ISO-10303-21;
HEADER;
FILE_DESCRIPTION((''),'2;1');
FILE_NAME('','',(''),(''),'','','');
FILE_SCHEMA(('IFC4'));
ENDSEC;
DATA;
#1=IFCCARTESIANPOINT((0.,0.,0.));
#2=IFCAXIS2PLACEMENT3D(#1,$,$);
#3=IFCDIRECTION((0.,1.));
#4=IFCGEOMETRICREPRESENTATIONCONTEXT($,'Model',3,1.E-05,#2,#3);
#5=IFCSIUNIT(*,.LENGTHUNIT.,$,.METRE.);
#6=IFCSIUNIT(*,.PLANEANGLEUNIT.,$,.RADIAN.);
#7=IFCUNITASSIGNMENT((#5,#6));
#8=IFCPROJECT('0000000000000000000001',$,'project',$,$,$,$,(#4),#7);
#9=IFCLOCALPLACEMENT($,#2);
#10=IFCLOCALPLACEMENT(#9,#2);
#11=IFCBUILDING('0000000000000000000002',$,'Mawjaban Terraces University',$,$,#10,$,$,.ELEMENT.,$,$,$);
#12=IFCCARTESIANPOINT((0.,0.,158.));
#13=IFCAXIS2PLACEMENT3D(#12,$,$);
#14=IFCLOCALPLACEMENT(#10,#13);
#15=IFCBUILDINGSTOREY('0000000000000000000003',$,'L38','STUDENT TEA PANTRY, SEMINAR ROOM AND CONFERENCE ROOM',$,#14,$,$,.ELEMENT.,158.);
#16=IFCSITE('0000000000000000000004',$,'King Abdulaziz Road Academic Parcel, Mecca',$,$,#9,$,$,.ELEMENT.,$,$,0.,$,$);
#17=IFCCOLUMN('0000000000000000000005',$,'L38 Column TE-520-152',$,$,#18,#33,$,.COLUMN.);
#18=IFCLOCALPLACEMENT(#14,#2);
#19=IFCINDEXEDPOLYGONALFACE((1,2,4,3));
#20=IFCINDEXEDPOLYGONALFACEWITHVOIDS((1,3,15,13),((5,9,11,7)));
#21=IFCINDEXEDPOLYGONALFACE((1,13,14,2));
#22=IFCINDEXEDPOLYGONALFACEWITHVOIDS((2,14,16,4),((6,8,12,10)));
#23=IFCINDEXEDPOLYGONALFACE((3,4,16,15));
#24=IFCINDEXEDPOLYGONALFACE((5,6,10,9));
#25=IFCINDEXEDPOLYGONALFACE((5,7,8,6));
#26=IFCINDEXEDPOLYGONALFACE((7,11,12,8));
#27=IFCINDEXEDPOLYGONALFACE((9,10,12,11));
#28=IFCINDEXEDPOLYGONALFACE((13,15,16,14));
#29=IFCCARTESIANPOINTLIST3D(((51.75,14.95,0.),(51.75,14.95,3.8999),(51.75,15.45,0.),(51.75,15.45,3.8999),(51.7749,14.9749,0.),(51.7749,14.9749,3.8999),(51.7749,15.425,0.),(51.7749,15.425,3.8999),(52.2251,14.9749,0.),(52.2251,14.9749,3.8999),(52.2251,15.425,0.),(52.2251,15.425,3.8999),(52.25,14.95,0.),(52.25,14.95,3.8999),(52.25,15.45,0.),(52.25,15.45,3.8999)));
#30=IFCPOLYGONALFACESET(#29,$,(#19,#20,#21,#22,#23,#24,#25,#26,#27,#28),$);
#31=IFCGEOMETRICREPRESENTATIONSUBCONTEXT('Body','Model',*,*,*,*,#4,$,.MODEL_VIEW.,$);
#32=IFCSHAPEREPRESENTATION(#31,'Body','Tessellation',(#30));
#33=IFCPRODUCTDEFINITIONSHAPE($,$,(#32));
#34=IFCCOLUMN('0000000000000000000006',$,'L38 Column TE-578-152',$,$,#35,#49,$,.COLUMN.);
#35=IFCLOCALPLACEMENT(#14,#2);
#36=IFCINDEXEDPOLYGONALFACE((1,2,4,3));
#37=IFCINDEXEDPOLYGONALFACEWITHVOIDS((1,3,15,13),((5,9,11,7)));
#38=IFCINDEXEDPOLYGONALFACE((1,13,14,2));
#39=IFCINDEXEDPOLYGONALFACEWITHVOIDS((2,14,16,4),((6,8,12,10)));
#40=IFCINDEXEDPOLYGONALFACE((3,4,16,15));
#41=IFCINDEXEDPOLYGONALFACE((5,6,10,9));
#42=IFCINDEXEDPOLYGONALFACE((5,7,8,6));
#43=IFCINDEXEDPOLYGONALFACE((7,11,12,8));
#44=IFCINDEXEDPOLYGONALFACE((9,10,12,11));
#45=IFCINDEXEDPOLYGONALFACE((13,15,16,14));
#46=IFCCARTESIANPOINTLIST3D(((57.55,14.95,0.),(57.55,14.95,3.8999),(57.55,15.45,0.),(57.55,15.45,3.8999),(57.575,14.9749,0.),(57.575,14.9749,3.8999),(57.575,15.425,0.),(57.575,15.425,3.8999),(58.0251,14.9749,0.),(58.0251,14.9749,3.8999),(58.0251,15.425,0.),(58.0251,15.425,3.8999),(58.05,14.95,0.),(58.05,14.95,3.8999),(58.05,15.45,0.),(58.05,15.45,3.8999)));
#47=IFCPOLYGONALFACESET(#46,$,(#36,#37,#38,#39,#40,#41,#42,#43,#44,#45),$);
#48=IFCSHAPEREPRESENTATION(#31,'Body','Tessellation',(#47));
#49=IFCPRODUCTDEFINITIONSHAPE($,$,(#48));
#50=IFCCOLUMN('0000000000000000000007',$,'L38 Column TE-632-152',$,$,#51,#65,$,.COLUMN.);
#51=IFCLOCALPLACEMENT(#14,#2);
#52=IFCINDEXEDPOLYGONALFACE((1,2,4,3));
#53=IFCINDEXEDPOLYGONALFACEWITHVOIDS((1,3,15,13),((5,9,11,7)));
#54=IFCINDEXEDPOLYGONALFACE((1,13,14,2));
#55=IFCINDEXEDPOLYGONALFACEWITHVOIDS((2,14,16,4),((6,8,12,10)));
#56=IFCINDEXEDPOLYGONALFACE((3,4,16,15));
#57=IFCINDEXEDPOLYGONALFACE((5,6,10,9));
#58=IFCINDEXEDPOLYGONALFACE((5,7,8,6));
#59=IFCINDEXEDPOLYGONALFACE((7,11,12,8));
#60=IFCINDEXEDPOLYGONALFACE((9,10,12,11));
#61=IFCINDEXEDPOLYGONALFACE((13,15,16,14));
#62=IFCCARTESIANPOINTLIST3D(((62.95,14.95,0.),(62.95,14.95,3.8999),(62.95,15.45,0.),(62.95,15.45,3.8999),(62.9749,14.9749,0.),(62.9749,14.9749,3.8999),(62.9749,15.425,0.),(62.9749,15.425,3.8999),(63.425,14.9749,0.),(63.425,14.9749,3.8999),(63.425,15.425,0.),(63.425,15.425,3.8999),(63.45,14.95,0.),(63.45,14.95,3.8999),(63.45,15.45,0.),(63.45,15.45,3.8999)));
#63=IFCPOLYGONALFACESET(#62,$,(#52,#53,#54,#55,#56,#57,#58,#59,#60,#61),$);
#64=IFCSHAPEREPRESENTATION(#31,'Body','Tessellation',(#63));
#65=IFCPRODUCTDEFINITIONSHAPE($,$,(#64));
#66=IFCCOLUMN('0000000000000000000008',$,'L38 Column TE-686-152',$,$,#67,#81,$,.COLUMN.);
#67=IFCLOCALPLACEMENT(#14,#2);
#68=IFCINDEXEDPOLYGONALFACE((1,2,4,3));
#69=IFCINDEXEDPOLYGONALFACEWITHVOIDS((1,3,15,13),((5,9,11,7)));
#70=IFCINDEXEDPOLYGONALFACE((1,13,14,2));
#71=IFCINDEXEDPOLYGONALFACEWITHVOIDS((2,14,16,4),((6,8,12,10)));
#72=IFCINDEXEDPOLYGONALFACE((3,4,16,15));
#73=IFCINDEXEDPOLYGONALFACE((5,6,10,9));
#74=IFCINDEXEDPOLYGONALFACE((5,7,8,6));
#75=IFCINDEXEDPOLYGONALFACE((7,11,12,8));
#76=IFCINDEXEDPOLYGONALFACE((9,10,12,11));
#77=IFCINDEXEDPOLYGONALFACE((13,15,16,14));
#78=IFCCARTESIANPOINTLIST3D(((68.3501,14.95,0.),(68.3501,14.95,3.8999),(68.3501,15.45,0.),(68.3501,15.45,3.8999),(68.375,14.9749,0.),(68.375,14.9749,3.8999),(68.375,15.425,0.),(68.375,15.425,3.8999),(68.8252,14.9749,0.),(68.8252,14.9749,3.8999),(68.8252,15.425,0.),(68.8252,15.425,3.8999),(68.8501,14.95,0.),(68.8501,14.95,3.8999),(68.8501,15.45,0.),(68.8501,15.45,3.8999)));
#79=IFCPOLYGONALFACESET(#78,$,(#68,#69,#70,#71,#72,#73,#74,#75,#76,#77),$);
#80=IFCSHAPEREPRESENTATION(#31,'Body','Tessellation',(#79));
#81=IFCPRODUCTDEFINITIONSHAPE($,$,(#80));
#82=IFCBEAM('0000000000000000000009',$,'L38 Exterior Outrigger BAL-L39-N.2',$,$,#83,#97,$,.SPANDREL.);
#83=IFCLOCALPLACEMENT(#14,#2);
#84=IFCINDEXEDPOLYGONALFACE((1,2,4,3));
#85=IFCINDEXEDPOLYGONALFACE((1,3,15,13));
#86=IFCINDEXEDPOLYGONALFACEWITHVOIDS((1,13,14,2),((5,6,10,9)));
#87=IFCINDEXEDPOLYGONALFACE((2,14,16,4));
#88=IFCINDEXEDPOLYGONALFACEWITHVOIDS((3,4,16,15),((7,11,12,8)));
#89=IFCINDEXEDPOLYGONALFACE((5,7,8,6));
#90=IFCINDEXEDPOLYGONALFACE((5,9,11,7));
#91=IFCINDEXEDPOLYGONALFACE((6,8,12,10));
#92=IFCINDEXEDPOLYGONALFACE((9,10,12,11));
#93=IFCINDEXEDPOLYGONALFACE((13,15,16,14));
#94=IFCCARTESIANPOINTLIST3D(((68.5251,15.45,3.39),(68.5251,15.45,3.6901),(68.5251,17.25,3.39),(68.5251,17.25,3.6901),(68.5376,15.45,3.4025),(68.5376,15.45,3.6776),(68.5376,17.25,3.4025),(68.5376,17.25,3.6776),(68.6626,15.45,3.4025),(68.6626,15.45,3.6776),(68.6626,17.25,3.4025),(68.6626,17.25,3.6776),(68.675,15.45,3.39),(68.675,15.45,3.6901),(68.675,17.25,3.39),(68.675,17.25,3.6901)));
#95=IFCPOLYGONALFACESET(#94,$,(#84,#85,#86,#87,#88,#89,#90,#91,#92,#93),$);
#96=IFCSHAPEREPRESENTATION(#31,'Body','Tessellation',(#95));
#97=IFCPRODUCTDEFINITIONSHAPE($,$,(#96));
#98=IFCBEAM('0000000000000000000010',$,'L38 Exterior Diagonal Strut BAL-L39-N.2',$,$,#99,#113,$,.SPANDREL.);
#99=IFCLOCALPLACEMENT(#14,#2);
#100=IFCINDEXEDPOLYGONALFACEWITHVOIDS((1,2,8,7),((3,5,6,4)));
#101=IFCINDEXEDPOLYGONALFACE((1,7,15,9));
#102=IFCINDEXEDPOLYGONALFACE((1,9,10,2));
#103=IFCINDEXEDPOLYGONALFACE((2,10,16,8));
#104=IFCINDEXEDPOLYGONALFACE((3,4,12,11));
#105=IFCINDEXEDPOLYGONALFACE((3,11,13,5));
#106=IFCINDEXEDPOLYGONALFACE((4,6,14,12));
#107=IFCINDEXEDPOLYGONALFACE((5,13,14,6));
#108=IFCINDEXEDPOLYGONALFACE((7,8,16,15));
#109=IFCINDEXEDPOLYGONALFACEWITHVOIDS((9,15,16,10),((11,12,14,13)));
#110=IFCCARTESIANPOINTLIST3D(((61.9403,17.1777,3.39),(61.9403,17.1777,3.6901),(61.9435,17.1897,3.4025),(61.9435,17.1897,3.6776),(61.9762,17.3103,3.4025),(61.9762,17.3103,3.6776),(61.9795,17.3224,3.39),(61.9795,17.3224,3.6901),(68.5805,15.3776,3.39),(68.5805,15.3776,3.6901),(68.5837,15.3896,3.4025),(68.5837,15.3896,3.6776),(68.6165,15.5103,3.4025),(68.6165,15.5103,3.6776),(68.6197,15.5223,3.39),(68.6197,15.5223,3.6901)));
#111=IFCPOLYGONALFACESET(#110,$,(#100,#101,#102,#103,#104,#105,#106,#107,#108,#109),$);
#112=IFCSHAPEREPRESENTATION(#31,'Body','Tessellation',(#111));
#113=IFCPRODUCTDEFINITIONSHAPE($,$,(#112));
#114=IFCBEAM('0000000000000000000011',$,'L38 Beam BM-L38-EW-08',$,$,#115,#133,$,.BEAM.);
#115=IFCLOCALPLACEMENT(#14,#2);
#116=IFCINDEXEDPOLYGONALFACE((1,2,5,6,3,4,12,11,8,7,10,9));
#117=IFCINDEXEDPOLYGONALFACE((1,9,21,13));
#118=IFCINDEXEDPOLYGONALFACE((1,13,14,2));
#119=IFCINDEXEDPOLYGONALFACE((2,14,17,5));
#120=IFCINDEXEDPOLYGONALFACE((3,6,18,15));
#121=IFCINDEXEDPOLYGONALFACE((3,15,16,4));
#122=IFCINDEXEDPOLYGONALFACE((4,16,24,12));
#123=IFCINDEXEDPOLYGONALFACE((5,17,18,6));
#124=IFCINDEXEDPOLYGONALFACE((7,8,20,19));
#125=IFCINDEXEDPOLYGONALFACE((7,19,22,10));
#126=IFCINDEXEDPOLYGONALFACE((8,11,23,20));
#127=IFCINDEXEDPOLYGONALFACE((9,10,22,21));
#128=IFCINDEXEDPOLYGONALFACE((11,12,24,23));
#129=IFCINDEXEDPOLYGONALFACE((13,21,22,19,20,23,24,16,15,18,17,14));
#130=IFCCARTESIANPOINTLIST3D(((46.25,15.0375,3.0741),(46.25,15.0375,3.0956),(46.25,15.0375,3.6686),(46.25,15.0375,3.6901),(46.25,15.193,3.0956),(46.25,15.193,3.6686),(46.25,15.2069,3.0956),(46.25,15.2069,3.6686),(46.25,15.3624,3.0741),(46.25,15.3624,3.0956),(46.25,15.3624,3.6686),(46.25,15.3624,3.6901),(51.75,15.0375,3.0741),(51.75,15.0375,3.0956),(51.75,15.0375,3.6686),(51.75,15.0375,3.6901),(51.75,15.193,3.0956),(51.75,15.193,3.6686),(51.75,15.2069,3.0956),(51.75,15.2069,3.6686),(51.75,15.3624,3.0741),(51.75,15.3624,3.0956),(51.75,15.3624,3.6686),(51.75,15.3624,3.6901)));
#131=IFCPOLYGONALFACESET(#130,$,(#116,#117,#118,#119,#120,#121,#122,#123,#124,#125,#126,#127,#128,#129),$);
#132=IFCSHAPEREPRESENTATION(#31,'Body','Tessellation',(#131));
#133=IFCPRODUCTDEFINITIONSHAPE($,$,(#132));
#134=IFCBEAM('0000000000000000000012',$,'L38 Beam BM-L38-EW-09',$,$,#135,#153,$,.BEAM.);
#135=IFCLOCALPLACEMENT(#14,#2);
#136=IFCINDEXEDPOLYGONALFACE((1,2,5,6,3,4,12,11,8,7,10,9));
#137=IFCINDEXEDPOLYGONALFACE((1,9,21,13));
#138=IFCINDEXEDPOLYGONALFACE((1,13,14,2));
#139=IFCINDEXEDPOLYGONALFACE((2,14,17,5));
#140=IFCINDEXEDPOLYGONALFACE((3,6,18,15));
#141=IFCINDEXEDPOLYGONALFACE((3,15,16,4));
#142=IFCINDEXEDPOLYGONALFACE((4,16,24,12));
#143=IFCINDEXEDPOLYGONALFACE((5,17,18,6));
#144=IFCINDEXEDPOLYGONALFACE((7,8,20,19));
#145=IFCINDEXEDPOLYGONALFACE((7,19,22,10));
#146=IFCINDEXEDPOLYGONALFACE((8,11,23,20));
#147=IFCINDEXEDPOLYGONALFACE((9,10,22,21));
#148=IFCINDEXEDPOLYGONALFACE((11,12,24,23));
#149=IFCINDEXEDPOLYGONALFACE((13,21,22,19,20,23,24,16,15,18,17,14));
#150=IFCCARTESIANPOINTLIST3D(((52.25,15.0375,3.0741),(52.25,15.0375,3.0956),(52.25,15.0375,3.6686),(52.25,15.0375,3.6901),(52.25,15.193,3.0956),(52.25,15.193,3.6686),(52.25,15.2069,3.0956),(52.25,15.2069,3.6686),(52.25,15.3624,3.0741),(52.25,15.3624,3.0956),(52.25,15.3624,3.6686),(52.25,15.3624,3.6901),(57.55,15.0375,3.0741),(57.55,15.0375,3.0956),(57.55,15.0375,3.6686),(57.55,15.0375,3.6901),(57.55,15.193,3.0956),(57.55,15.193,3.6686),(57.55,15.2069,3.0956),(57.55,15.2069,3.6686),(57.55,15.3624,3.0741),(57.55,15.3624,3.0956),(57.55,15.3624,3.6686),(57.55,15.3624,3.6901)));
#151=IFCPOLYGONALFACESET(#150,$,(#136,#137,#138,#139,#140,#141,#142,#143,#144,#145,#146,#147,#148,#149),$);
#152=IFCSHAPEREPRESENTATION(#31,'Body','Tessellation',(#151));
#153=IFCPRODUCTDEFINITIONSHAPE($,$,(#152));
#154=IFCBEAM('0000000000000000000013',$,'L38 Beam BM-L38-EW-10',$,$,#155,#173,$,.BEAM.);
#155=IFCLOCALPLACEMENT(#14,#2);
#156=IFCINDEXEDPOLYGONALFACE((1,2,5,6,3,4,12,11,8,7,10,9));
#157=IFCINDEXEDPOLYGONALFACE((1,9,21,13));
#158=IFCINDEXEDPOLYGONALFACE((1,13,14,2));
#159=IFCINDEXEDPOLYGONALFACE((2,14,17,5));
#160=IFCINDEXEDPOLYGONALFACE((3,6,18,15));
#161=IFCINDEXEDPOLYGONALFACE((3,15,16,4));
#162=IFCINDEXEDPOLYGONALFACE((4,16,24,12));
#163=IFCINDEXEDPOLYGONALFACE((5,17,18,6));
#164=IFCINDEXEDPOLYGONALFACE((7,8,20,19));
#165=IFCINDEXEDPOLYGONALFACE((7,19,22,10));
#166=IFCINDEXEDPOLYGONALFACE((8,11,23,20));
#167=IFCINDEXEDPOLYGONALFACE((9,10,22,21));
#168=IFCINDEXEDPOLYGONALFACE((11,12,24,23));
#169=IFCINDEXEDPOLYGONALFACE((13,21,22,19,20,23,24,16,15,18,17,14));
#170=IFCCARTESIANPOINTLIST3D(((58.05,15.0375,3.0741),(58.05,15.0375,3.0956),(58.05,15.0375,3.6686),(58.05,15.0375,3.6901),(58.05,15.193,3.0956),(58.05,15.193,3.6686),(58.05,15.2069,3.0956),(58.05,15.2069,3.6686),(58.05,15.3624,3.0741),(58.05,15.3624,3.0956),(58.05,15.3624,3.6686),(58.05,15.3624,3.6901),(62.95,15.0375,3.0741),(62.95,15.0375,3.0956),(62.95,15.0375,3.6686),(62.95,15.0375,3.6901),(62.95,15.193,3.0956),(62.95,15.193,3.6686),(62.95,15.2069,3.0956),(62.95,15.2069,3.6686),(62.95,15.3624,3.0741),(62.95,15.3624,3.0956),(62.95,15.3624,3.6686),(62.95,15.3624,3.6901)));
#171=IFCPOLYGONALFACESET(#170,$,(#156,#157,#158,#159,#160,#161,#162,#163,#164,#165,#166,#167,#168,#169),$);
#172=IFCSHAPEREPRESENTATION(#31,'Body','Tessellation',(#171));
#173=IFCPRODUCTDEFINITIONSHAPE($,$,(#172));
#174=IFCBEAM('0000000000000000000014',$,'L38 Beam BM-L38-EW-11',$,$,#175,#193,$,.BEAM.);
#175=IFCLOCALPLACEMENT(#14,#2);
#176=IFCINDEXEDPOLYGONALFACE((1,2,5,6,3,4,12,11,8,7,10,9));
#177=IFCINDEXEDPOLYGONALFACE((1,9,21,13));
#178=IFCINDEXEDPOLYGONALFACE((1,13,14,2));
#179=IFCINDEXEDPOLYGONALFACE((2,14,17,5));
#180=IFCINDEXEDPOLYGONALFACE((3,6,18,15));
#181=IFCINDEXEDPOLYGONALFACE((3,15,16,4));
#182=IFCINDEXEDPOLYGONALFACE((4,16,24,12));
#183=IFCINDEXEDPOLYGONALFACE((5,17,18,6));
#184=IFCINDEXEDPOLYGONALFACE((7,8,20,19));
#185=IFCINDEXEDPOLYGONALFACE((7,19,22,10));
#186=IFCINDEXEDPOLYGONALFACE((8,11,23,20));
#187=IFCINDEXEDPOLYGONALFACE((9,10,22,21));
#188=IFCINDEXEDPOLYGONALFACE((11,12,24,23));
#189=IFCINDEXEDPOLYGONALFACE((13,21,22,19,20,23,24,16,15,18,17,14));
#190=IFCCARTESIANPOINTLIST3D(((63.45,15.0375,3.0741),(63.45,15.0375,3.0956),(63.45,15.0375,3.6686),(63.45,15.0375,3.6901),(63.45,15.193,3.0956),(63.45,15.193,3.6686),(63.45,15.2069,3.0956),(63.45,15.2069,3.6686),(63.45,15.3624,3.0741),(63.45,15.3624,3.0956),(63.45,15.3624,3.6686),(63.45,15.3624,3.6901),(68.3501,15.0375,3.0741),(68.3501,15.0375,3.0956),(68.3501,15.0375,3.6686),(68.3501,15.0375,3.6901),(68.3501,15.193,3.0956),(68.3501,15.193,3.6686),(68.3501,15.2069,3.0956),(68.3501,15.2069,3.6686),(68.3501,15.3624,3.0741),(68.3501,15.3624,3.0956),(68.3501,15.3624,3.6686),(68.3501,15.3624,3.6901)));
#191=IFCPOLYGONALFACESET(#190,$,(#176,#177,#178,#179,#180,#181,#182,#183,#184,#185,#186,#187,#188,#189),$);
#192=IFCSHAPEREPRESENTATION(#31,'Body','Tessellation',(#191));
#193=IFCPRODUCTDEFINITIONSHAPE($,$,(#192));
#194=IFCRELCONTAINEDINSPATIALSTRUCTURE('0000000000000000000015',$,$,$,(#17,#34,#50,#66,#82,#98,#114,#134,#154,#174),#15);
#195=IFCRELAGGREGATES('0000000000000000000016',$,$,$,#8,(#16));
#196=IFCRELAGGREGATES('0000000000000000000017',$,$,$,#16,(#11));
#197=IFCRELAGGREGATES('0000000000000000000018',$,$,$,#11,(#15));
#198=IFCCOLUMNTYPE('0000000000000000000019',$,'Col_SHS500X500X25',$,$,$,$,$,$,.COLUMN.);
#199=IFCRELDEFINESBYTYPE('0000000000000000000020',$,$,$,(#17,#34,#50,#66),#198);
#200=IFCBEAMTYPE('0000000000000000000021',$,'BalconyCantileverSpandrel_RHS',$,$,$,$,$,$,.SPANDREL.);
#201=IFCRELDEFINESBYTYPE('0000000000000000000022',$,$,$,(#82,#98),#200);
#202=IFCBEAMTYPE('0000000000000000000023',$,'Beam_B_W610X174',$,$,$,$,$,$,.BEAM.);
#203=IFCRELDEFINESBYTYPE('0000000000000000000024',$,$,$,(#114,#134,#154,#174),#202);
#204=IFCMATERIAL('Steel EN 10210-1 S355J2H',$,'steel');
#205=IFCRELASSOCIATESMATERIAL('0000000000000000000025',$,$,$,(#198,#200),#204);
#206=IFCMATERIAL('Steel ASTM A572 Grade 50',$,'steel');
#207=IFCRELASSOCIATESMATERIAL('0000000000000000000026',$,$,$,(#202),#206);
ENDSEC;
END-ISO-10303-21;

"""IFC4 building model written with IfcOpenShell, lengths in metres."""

from ifc_helpers import new_model, si_unit, direction, frame, origin, origin_2d, place, context, subcontext, project, spatial, hollow_rectangle, i_section, extrude, material, material_profile, profile_set, type_object, element, save


model = new_model("IFC4")

# Units and contexts
model_context = context("Model", 3, precision=1e-05, world=origin(), true_north=direction((0.0, 1.0)))
body_context = subcontext(model_context, "Body", "Model", "MODEL_VIEW")
ifc_project = project(units=[si_unit("LENGTHUNIT", "METRE"), si_unit("PLANEANGLEUNIT", "RADIAN")], contexts=[model_context])

# Site, building, storey
site_placement = place(None, origin())
site = spatial("IfcSite", under=ifc_project, at=site_placement, Name="King Abdulaziz Road Academic Parcel, Mecca", CompositionType="ELEMENT", RefElevation=0.0)
building_placement = place(site_placement, origin())
building = spatial("IfcBuilding", under=site, at=building_placement, Name="Mawjaban Terraces University", CompositionType="ELEMENT")
storey_placement = place(building_placement, frame((0.0, 0.0, 158.0)))
storey = spatial("IfcBuildingStorey", under=building, at=storey_placement, Name="L38", Description="STUDENT TEA PANTRY, SEMINAR ROOM AND CONFERENCE ROOM", CompositionType="ELEMENT", Elevation=158.0)

# Columns
ifc_material_1 = material(Name="Steel EN 10210-1 S355J2H", Category="steel")
ifc_material_profile_1 = material_profile(ifc_material_1, hollow_rectangle(XDim=0.5, YDim=0.5, WallThickness=0.0249, at=origin_2d()), Name="SHS500X500X25")
ifc_profile_set_1 = profile_set([ifc_material_profile_1], Name="Steel EN 10210-1 S355J2H")
column_type = type_object("IfcColumnType", Name="Col_SHS500X500X25", PredefinedType="COLUMN", material=ifc_profile_set_1)
for number, where, z_axis, x_axis, name in (
    (1, (52.0, 15.2, 0.0), (0.0, 0.0, 1.0), (1.0, 0.0, 0.0), "L38 Column TE-520-152"),
    (2, (57.8, 15.2, 0.0), (0.0, 0.0, 1.0), (1.0, 0.0, 0.0), "L38 Column TE-578-152"),
    (3, (63.2, 15.2, 0.0), (0.0, 0.0, 1.0), (1.0, 0.0, 0.0), "L38 Column TE-632-152"),
    (4, (68.6001, 15.2, 0.0), (0.0, 0.0, 1.0), (1.0, 0.0, 0.0), "L38 Column TE-686-152"),
):
    element("IfcColumn", number, at=place(storey_placement, frame(where, z_axis=z_axis, x_axis=x_axis)), inside=storey, type_object=column_type, Name=name, PredefinedType="COLUMN", context=body_context, shape_type="SweptSolid", body=[
        extrude(hollow_rectangle(XDim=0.5, YDim=0.5, WallThickness=0.0249, at=origin_2d()), origin(), (0.0, 0.0, 1.0), 3.8999),
    ])

# Beams
ifc_material_profile_2 = material_profile(ifc_material_1, hollow_rectangle(XDim=0.1499, YDim=0.3, WallThickness=0.0125, at=origin_2d()), Name="RHS300X150X12.5")
ifc_profile_set_2 = profile_set([ifc_material_profile_2], Name="Steel EN 10210-1 S355J2H")
beam_type_1 = type_object("IfcBeamType", Name="BalconyCantileverSpandrel_RHS", PredefinedType="SPANDREL", material=ifc_profile_set_2)
beam_1_placement = place(storey_placement, frame((68.6001, 15.45, 3.54), z_axis=(0.0, 1.0, 0.0), x_axis=(-1.0, 0.0, 0.0)))
element("IfcBeam", 5, at=beam_1_placement, inside=storey, type_object=beam_type_1, Name="L38 Exterior Outrigger BAL-L39-N.2", PredefinedType="SPANDREL", context=body_context, shape_type="SweptSolid", body=[
    extrude(hollow_rectangle(XDim=0.1499, YDim=0.3, WallThickness=0.0125, at=origin_2d()), origin(), (0.0, 0.0, 1.0), 1.8),
])
beam_2_placement = place(storey_placement, frame((68.6001, 15.45, 3.54), z_axis=(-0.965165, 0.261643, 0.0), x_axis=(-0.261643, -0.965165, 0.0)))
element("IfcBeam", 6, at=beam_2_placement, inside=storey, type_object=beam_type_1, Name="L38 Exterior Diagonal Strut BAL-L39-N.2", PredefinedType="SPANDREL", context=body_context, shape_type="SweptSolid", body=[
    extrude(hollow_rectangle(XDim=0.1499, YDim=0.3, WallThickness=0.0125, at=origin_2d()), origin(), (0.0, 0.0, 1.0), 6.8799),
])
ifc_material_2 = material(Name="Steel ASTM A572 Grade 50", Category="steel")
ifc_material_profile_3 = material_profile(ifc_material_2, i_section(OverallWidth=0.325, OverallDepth=0.616, WebThickness=0.0139, FlangeThickness=0.0215, at=origin_2d()), Name="W610X174")
ifc_profile_set_3 = profile_set([ifc_material_profile_3], Name="Steel ASTM A572 Grade 50")
beam_type_2 = type_object("IfcBeamType", Name="Beam_B_W610X174", PredefinedType="BEAM", material=ifc_profile_set_3)
beam_3_placement = place(storey_placement, frame((46.25, 15.2, 3.3821), z_axis=(1.0, 0.0, 0.0), x_axis=(0.0, 1.0, 0.0)))
element("IfcBeam", 7, at=beam_3_placement, inside=storey, type_object=beam_type_2, Name="L38 Beam BM-L38-EW-08", PredefinedType="BEAM", context=body_context, shape_type="SweptSolid", body=[
    extrude(i_section(OverallWidth=0.325, OverallDepth=0.616, WebThickness=0.0139, FlangeThickness=0.0215, at=origin_2d()), origin(), (0.0, 0.0, 1.0), 5.5),
])
beam_4_placement = place(storey_placement, frame((52.25, 15.2, 3.3821), z_axis=(1.0, 0.0, 0.0), x_axis=(0.0, 1.0, 0.0)))
element("IfcBeam", 8, at=beam_4_placement, inside=storey, type_object=beam_type_2, Name="L38 Beam BM-L38-EW-09", PredefinedType="BEAM", context=body_context, shape_type="SweptSolid", body=[
    extrude(i_section(OverallWidth=0.325, OverallDepth=0.616, WebThickness=0.0139, FlangeThickness=0.0215, at=origin_2d()), origin(), (0.0, 0.0, 1.0), 5.3),
])
beam_5_placement = place(storey_placement, frame((58.05, 15.2, 3.3821), z_axis=(1.0, 0.0, 0.0), x_axis=(0.0, 1.0, 0.0)))
element("IfcBeam", 9, at=beam_5_placement, inside=storey, type_object=beam_type_2, Name="L38 Beam BM-L38-EW-10", PredefinedType="BEAM", context=body_context, shape_type="SweptSolid", body=[
    extrude(i_section(OverallWidth=0.325, OverallDepth=0.616, WebThickness=0.0139, FlangeThickness=0.0215, at=origin_2d()), origin(), (0.0, 0.0, 1.0), 4.8999),
])
beam_6_placement = place(storey_placement, frame((63.45, 15.2, 3.3821), z_axis=(1.0, 0.0, 0.0), x_axis=(0.0, 1.0, 0.0)))
element("IfcBeam", 10, at=beam_6_placement, inside=storey, type_object=beam_type_2, Name="L38 Beam BM-L38-EW-11", PredefinedType="BEAM", context=body_context, shape_type="SweptSolid", body=[
    extrude(i_section(OverallWidth=0.325, OverallDepth=0.616, WebThickness=0.0139, FlangeThickness=0.0215, at=origin_2d()), origin(), (0.0, 0.0, 1.0), 4.9001),
])

save(model, "model.ifc")
